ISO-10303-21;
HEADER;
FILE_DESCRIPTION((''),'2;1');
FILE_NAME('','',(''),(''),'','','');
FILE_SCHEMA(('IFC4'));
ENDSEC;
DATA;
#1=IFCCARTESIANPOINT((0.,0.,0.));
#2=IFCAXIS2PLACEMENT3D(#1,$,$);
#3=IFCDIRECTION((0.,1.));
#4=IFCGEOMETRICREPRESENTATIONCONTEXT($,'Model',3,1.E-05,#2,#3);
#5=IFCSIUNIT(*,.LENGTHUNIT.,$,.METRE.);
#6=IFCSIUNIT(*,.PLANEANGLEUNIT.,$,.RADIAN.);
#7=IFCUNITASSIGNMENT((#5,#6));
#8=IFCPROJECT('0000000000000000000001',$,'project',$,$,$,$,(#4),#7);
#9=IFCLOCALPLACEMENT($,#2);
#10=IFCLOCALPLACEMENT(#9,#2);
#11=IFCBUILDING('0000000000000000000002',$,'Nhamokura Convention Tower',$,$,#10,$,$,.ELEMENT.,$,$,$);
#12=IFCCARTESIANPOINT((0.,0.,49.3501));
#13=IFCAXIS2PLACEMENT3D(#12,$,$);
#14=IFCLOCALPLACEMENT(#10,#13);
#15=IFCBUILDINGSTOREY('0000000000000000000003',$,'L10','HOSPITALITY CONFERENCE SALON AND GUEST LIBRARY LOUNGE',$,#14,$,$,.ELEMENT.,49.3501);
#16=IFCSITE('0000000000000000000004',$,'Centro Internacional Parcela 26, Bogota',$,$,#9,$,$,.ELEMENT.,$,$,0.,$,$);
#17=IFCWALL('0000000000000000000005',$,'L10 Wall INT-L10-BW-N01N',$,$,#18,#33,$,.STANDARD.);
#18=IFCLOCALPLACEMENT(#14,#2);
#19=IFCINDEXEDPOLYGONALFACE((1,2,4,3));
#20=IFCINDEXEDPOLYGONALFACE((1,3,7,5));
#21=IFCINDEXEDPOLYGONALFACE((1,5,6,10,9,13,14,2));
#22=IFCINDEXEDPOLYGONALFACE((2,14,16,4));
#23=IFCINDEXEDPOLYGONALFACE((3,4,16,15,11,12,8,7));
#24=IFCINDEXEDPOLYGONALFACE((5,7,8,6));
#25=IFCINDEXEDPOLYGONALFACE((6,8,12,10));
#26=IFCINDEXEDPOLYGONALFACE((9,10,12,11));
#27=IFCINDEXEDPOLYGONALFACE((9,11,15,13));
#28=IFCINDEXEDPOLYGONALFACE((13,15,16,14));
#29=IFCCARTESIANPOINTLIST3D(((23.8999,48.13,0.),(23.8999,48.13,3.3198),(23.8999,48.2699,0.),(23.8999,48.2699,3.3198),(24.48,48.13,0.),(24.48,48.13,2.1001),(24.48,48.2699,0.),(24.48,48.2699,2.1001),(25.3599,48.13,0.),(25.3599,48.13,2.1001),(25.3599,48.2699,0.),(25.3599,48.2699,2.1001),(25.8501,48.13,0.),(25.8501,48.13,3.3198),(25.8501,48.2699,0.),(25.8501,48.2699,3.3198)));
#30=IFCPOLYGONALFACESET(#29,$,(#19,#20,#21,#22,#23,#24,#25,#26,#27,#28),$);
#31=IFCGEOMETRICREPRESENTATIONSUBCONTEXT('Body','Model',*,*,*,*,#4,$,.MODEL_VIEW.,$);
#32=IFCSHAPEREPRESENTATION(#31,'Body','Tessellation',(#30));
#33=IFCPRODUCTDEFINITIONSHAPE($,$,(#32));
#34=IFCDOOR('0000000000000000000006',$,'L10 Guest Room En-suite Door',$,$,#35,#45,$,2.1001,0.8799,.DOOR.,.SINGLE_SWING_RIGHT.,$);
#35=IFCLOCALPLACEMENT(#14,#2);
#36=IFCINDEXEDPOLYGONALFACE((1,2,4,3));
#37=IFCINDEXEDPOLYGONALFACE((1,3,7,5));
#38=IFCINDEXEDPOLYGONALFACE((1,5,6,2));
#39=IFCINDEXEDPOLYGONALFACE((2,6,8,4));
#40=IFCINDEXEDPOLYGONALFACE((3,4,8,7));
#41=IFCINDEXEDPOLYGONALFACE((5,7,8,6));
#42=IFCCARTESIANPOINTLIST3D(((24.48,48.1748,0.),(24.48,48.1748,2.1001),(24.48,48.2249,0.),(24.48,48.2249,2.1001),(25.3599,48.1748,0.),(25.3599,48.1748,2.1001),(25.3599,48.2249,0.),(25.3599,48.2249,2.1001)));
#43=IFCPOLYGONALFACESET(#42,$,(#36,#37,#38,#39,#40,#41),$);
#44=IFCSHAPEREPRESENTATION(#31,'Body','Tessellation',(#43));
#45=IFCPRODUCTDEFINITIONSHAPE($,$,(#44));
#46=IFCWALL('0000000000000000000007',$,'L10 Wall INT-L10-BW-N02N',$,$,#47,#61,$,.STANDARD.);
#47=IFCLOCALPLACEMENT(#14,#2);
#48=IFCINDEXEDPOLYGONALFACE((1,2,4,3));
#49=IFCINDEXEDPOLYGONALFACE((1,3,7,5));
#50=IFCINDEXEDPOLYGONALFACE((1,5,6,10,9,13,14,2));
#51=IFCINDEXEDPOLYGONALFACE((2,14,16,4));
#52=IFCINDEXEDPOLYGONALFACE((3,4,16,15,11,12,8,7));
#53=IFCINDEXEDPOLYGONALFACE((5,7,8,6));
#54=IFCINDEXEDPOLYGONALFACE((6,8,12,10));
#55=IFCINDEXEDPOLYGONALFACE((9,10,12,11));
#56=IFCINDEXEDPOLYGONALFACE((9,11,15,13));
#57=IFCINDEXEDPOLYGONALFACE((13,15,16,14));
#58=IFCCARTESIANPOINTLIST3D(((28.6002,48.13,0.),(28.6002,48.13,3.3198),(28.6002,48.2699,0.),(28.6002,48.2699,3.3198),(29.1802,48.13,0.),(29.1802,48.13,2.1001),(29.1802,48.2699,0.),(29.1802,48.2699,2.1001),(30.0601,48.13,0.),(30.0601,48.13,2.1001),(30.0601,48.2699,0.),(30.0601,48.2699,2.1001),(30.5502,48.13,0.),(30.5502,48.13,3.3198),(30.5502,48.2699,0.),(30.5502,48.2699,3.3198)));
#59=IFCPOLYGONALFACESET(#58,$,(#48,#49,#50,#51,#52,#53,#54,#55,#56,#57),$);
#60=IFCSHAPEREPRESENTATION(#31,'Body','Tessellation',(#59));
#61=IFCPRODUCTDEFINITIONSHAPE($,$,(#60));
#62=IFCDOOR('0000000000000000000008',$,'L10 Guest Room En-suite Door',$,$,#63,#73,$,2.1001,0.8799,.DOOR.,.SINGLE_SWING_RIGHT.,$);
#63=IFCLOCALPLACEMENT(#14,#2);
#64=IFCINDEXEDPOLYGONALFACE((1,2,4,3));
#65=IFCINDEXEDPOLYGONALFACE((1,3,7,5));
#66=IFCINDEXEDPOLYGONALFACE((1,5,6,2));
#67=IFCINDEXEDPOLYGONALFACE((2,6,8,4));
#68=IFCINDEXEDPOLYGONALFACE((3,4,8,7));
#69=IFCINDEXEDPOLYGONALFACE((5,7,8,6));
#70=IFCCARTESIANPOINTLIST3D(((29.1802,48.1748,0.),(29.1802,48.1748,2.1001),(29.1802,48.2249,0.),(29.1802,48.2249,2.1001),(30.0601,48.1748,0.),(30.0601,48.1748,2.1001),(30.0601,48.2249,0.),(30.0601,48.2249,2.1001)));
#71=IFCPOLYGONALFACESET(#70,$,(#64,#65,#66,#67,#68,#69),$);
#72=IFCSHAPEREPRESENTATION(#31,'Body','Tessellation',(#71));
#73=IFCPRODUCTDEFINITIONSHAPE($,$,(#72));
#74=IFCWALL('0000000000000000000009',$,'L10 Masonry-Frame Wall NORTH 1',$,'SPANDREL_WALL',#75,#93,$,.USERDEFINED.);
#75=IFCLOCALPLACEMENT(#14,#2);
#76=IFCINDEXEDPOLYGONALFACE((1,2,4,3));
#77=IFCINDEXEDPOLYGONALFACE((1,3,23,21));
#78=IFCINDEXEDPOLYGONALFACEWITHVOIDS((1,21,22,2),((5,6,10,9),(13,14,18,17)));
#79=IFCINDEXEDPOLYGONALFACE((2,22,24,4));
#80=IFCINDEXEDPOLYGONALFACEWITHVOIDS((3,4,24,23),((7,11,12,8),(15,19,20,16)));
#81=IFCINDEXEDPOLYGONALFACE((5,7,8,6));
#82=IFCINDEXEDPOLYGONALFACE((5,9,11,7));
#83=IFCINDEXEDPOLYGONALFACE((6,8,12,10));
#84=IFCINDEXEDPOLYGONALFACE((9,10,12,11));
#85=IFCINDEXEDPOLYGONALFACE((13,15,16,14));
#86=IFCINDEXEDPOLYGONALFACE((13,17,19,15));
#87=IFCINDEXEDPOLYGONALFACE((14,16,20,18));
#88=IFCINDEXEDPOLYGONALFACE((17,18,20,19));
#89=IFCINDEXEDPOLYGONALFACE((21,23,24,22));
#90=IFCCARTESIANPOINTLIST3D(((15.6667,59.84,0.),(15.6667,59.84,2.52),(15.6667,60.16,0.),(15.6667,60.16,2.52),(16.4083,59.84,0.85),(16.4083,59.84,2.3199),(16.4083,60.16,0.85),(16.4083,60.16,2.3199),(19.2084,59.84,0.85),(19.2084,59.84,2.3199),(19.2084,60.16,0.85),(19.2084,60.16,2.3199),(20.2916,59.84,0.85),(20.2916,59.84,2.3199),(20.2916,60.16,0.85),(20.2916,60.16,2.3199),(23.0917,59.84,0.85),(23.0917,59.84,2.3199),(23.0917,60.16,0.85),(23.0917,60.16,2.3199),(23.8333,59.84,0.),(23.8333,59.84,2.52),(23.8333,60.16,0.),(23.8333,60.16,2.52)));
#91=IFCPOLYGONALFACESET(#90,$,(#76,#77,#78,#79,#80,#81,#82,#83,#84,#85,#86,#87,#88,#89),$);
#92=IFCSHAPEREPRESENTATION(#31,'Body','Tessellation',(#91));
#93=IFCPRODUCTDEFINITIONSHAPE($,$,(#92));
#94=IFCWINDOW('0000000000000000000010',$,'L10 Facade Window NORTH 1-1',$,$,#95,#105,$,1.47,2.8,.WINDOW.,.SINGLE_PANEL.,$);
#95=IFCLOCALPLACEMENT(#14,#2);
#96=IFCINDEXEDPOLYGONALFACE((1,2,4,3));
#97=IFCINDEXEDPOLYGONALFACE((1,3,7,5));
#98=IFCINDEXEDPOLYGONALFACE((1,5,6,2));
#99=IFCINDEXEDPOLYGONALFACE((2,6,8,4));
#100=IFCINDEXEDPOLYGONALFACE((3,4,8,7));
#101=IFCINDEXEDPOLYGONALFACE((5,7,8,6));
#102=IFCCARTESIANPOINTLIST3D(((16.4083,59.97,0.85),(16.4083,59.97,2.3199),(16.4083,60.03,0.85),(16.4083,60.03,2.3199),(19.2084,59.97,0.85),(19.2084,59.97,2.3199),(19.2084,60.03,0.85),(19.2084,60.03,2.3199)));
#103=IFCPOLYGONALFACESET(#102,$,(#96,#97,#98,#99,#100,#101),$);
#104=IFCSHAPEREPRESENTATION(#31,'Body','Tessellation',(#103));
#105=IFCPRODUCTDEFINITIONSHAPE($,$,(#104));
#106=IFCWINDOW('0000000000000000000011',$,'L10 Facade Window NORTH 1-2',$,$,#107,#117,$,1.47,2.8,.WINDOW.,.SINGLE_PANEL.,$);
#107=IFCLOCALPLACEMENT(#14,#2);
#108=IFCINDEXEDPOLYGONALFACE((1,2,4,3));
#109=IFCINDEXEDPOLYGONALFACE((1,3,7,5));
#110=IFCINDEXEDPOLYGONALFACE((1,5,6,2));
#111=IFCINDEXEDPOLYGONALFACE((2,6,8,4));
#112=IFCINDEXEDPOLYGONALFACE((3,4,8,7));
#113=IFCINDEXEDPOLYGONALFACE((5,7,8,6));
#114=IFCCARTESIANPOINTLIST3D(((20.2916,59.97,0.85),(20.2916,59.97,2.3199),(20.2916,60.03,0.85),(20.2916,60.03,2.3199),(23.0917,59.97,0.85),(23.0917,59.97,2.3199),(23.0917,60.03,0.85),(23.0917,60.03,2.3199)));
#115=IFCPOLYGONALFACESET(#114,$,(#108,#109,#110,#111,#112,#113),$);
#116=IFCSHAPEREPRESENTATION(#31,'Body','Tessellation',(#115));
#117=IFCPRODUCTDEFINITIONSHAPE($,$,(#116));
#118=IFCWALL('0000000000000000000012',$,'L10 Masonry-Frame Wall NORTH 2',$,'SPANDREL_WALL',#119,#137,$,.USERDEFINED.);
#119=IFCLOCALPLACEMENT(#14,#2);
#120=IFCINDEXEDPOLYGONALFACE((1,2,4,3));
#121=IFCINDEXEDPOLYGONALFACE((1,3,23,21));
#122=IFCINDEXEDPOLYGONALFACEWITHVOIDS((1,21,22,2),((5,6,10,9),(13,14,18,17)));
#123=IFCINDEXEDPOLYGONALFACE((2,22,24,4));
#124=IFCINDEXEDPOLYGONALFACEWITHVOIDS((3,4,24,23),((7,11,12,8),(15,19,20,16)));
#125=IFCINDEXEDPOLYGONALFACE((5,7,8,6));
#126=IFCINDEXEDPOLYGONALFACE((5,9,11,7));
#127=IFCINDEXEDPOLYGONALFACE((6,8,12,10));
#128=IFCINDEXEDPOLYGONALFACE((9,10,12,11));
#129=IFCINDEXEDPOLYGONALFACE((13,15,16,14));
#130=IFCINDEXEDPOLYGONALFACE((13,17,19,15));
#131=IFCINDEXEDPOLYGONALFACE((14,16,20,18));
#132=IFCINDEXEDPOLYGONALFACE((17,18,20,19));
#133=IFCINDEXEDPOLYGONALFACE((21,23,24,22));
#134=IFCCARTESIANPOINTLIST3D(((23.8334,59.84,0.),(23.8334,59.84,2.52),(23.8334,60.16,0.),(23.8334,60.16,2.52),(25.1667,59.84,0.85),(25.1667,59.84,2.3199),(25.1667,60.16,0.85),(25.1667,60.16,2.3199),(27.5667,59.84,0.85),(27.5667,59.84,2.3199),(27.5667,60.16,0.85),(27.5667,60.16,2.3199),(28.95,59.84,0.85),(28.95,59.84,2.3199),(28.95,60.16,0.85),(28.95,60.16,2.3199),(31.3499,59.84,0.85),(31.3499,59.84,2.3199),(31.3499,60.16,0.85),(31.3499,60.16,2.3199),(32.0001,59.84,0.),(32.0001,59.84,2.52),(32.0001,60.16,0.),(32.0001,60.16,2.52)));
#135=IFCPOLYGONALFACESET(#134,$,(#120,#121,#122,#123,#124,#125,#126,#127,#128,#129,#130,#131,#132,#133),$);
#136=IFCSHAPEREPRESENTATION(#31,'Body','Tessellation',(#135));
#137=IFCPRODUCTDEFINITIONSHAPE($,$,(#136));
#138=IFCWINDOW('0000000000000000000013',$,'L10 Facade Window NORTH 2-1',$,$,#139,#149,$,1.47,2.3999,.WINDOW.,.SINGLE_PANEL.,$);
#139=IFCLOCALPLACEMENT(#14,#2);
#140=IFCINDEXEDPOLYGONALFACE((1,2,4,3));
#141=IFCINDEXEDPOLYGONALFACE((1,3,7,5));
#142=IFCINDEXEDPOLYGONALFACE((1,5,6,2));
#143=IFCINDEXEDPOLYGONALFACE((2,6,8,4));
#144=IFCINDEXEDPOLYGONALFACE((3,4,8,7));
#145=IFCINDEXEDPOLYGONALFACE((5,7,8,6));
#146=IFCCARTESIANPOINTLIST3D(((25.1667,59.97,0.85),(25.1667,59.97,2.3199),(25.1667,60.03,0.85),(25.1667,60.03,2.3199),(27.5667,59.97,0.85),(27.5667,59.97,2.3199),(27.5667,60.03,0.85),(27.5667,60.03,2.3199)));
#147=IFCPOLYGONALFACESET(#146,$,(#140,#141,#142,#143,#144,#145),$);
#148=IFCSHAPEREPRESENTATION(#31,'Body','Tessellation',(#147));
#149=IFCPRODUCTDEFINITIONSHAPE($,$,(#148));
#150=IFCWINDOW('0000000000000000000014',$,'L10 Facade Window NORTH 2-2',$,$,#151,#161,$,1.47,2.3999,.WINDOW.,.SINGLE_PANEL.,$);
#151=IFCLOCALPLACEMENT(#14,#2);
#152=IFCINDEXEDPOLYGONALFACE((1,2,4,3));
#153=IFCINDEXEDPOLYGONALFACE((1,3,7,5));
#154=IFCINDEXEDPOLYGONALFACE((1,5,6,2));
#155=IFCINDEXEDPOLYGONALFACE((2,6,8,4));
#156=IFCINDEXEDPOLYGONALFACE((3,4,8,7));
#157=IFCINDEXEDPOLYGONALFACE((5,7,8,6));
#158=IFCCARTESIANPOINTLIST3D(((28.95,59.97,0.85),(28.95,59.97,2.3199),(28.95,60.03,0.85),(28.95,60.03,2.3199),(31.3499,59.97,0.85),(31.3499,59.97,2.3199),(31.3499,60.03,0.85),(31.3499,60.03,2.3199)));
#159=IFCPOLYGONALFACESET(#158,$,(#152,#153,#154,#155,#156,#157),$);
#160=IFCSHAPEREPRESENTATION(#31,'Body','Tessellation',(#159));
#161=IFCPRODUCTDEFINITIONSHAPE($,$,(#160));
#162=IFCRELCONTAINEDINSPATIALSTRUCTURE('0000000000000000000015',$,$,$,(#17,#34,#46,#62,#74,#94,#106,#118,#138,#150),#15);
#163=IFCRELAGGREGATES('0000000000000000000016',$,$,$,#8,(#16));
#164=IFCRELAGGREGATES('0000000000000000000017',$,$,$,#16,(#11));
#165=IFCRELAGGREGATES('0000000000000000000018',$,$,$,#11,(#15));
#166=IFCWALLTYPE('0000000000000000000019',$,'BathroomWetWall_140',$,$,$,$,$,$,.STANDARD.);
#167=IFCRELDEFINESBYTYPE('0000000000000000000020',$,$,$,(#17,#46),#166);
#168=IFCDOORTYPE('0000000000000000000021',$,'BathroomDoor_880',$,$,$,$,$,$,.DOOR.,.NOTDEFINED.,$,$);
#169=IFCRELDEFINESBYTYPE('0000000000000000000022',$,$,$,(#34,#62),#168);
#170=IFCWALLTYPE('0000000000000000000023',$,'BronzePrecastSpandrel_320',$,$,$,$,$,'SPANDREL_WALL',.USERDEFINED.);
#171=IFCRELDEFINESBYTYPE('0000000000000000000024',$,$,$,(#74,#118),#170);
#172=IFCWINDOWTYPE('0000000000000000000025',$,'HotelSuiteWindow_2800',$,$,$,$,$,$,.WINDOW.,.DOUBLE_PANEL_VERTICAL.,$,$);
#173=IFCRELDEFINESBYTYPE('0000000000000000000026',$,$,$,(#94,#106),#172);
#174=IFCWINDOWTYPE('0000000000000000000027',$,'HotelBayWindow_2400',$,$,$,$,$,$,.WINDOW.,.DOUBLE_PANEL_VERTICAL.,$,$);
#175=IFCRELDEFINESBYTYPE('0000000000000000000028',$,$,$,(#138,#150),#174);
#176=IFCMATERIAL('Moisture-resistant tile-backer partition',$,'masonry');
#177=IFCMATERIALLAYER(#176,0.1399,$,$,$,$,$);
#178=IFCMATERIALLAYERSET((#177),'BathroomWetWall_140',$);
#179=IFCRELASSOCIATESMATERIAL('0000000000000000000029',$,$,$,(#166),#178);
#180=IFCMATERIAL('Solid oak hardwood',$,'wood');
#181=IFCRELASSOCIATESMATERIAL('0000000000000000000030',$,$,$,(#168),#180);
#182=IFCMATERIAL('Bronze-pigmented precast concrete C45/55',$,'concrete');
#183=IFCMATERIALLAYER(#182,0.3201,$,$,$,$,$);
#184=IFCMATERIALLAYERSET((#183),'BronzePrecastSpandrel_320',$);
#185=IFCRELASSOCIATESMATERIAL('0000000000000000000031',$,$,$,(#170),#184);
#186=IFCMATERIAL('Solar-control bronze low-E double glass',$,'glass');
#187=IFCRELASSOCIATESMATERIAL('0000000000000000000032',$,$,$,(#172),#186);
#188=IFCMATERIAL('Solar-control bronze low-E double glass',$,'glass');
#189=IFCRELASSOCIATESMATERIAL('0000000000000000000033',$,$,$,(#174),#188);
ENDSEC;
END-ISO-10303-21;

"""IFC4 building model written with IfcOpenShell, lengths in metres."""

from ifc_helpers import new_model, si_unit, direction, frame, frame_2d, origin, place, context, subcontext, project, spatial, rectangle, extrude, material, layer, layer_set, type_object, element, fill, save


model = new_model("IFC4")

# Units and contexts
model_context = context("Model", 3, precision=1e-05, world=origin(), true_north=direction((0.0, 1.0)))
body_context = subcontext(model_context, "Body", "Model", "MODEL_VIEW")
ifc_project = project(units=[si_unit("LENGTHUNIT", "METRE"), si_unit("PLANEANGLEUNIT", "RADIAN")], contexts=[model_context])

# Site, building, storey
site_placement = place(None, origin())
site = spatial("IfcSite", under=ifc_project, at=site_placement, Name="Centro Internacional Parcela 26, Bogota", CompositionType="ELEMENT", RefElevation=0.0)
building_placement = place(site_placement, origin())
building = spatial("IfcBuilding", under=site, at=building_placement, Name="Nhamokura Convention Tower", CompositionType="ELEMENT")
storey_placement = place(building_placement, frame((0.0, 0.0, 49.3501)))
storey = spatial("IfcBuildingStorey", under=building, at=storey_placement, Name="L10", Description="HOSPITALITY CONFERENCE SALON AND GUEST LIBRARY LOUNGE", CompositionType="ELEMENT", Elevation=49.3501)

# Shared definitions
ifc_material_1 = material(Name="Moisture-resistant tile-backer partition", Category="masonry")
ifc_layer_1 = layer(ifc_material_1, 0.1399)
ifc_layer_set_1 = layer_set([ifc_layer_1], Name="BathroomWetWall_140")
wall_type_1 = type_object("IfcWallType", Name="BathroomWetWall_140", PredefinedType="STANDARD", material=ifc_layer_set_1)

# Walls, openings, doors
wall_1_placement = place(storey_placement, frame((23.8999, 48.2, 0.0), z_axis=(0.0, 0.0, 1.0), x_axis=(1.0, 0.0, 0.0)))
wall_1 = element("IfcWall", 1, at=wall_1_placement, inside=storey, type_object=wall_type_1, Name="L10 Wall INT-L10-BW-N01N", PredefinedType="STANDARD", context=body_context, shape_type="SweptSolid", body=[
    extrude(rectangle(XDim=1.9502, YDim=0.1399, at=frame_2d((0.9751, 0.0))), origin(), (0.0, 0.0, 1.0), 3.3198),
])
opening_1_placement = place(wall_1_placement, frame((0.5801, 0.0, 0.0)))
opening_1 = element("IfcOpeningElement", 2, at=opening_1_placement, cuts=wall_1, PredefinedType="OPENING", context=body_context, shape_type="SweptSolid", body=[
    extrude(rectangle(XDim=0.8799, YDim=2.1001, at=frame_2d((0.4399, 1.05))), frame((0.0, 0.0798, 0.0), z_axis=(0.0, -1.0, 0.0), x_axis=(1.0, 0.0, 0.0)), (0.0, 0.0, 1.0), 0.1599),
])
ifc_material_2 = material(Name="Solid oak hardwood", Category="wood")
door_type_1 = type_object("IfcDoorType", Name="BathroomDoor_880", OperationType="NOTDEFINED", PredefinedType="DOOR", material=ifc_material_2)
door_1_placement = place(opening_1_placement, origin())
door_1 = element("IfcDoor", 3, at=door_1_placement, inside=storey, type_object=door_type_1, Name="L10 Guest Room En-suite Door", OperationType="SINGLE_SWING_RIGHT", OverallHeight=2.1001, OverallWidth=0.8799, PredefinedType="DOOR", context=body_context, shape_type="SweptSolid", body=[
    extrude(rectangle(XDim=0.8799, YDim=2.1001, at=frame_2d((0.4399, 1.05))), frame((0.0, 0.0249, 0.0), z_axis=(0.0, -1.0, 0.0), x_axis=(1.0, 0.0, 0.0)), (0.0, 0.0, 1.0), 0.05),
])
fill(opening_1, door_1)
wall_2_placement = place(storey_placement, frame((28.6001, 48.2, 0.0), z_axis=(0.0, 0.0, 1.0), x_axis=(1.0, 0.0, 0.0)))
wall_2 = element("IfcWall", 4, at=wall_2_placement, inside=storey, type_object=wall_type_1, Name="L10 Wall INT-L10-BW-N02N", PredefinedType="STANDARD", context=body_context, shape_type="SweptSolid", body=[
    extrude(rectangle(XDim=1.95, YDim=0.1399, at=frame_2d((0.9751, 0.0))), origin(), (0.0, 0.0, 1.0), 3.3198),
])
opening_2_placement = place(wall_2_placement, frame((0.5801, 0.0, 0.0)))
opening_2 = element("IfcOpeningElement", 5, at=opening_2_placement, cuts=wall_2, PredefinedType="OPENING", context=body_context, shape_type="SweptSolid", body=[
    extrude(rectangle(XDim=0.8799, YDim=2.1001, at=frame_2d((0.4399, 1.05))), frame((0.0, 0.0798, 0.0), z_axis=(0.0, -1.0, 0.0), x_axis=(1.0, 0.0, 0.0)), (0.0, 0.0, 1.0), 0.1599),
])
door_2_placement = place(opening_2_placement, origin())
door_2 = element("IfcDoor", 6, at=door_2_placement, inside=storey, type_object=door_type_1, Name="L10 Guest Room En-suite Door", OperationType="SINGLE_SWING_RIGHT", OverallHeight=2.1001, OverallWidth=0.8799, PredefinedType="DOOR", context=body_context, shape_type="SweptSolid", body=[
    extrude(rectangle(XDim=0.8799, YDim=2.1001, at=frame_2d((0.4399, 1.05))), frame((0.0, 0.0249, 0.0), z_axis=(0.0, -1.0, 0.0), x_axis=(1.0, 0.0, 0.0)), (0.0, 0.0, 1.0), 0.05),
])
fill(opening_2, door_2)

# Walls, openings, windows
ifc_material_3 = material(Name="Bronze-pigmented precast concrete C45/55", Category="concrete")
ifc_layer_2 = layer(ifc_material_3, 0.3201)
ifc_layer_set_2 = layer_set([ifc_layer_2], Name="BronzePrecastSpandrel_320")
wall_type_2 = type_object("IfcWallType", Name="BronzePrecastSpandrel_320", ElementType="SPANDREL_WALL", PredefinedType="USERDEFINED", material=ifc_layer_set_2)
wall_3_placement = place(storey_placement, frame((15.6667, 60.0, 0.0), z_axis=(0.0, 0.0, 1.0), x_axis=(1.0, 0.0, 0.0)))
wall_3 = element("IfcWall", 7, at=wall_3_placement, inside=storey, type_object=wall_type_2, Name="L10 Masonry-Frame Wall NORTH 1", ObjectType="SPANDREL_WALL", PredefinedType="USERDEFINED", context=body_context, shape_type="SweptSolid", body=[
    extrude(rectangle(XDim=8.1665, YDim=0.3201, at=frame_2d((4.0833, 0.0))), origin(), (0.0, 0.0, 1.0), 2.52),
])
opening_3_placement = place(wall_3_placement, frame((0.7417, 0.0, 0.8501)))
opening_3 = element("IfcOpeningElement", 8, at=opening_3_placement, cuts=wall_3, PredefinedType="OPENING", context=body_context, shape_type="SweptSolid", body=[
    extrude(rectangle(XDim=2.8, YDim=1.47, at=frame_2d((1.3999, 0.7349))), frame((0.0, 0.1699, 0.0), z_axis=(0.0, -1.0, 0.0), x_axis=(1.0, 0.0, 0.0)), (0.0, 0.0, 1.0), 0.3401),
])
opening_4_placement = place(wall_3_placement, frame((4.625, 0.0, 0.8501)))
opening_4 = element("IfcOpeningElement", 9, at=opening_4_placement, cuts=wall_3, PredefinedType="OPENING", context=body_context, shape_type="SweptSolid", body=[
    extrude(rectangle(XDim=2.8, YDim=1.47, at=frame_2d((1.3999, 0.7349))), frame((0.0, 0.1699, 0.0), z_axis=(0.0, -1.0, 0.0), x_axis=(1.0, 0.0, 0.0)), (0.0, 0.0, 1.0), 0.3401),
])
ifc_material_4 = material(Name="Solar-control bronze low-E double glass", Category="glass")
window_type_1 = type_object("IfcWindowType", Name="HotelSuiteWindow_2800", PartitioningType="DOUBLE_PANEL_VERTICAL", PredefinedType="WINDOW", material=ifc_material_4)
window_1_placement = place(opening_3_placement, origin())
window_1 = element("IfcWindow", 10, at=window_1_placement, inside=storey, type_object=window_type_1, Name="L10 Facade Window NORTH 1-1", OverallHeight=1.47, OverallWidth=2.8, PartitioningType="SINGLE_PANEL", PredefinedType="WINDOW", context=body_context, shape_type="SweptSolid", body=[
    extrude(rectangle(XDim=2.8, YDim=1.47, at=frame_2d((1.3999, 0.7349))), frame((0.0, 0.03, 0.0), z_axis=(0.0, -1.0, 0.0), x_axis=(1.0, 0.0, 0.0)), (0.0, 0.0, 1.0), 0.0601),
])
fill(opening_3, window_1)
window_2_placement = place(opening_4_placement, origin())
window_2 = element("IfcWindow", 11, at=window_2_placement, inside=storey, type_object=window_type_1, Name="L10 Facade Window NORTH 1-2", OverallHeight=1.47, OverallWidth=2.8, PartitioningType="SINGLE_PANEL", PredefinedType="WINDOW", context=body_context, shape_type="SweptSolid", body=[
    extrude(rectangle(XDim=2.8, YDim=1.47, at=frame_2d((1.3999, 0.7349))), frame((0.0, 0.03, 0.0), z_axis=(0.0, -1.0, 0.0), x_axis=(1.0, 0.0, 0.0)), (0.0, 0.0, 1.0), 0.0601),
])
fill(opening_4, window_2)
wall_4_placement = place(storey_placement, frame((23.8333, 60.0, 0.0), z_axis=(0.0, 0.0, 1.0), x_axis=(1.0, 0.0, 0.0)))
wall_4 = element("IfcWall", 12, at=wall_4_placement, inside=storey, type_object=wall_type_2, Name="L10 Masonry-Frame Wall NORTH 2", ObjectType="SPANDREL_WALL", PredefinedType="USERDEFINED", context=body_context, shape_type="SweptSolid", body=[
    extrude(rectangle(XDim=8.1667, YDim=0.3201, at=frame_2d((4.0835, 0.0))), origin(), (0.0, 0.0, 1.0), 2.52),
])
opening_5_placement = place(wall_4_placement, frame((1.3335, 0.0, 0.8501)))
opening_5 = element("IfcOpeningElement", 13, at=opening_5_placement, cuts=wall_4, PredefinedType="OPENING", context=body_context, shape_type="SweptSolid", body=[
    extrude(rectangle(XDim=2.3999, YDim=1.47, at=frame_2d((1.2, 0.7349))), frame((0.0, 0.1699, 0.0), z_axis=(0.0, -1.0, 0.0), x_axis=(1.0, 0.0, 0.0)), (0.0, 0.0, 1.0), 0.3401),
])
opening_6_placement = place(wall_4_placement, frame((5.1167, 0.0, 0.8501)))
opening_6 = element("IfcOpeningElement", 14, at=opening_6_placement, cuts=wall_4, PredefinedType="OPENING", context=body_context, shape_type="SweptSolid", body=[
    extrude(rectangle(XDim=2.3999, YDim=1.47, at=frame_2d((1.2, 0.7349))), frame((0.0, 0.1699, 0.0), z_axis=(0.0, -1.0, 0.0), x_axis=(1.0, 0.0, 0.0)), (0.0, 0.0, 1.0), 0.3401),
])
ifc_material_5 = material(Name="Solar-control bronze low-E double glass", Category="glass")
window_type_2 = type_object("IfcWindowType", Name="HotelBayWindow_2400", PartitioningType="DOUBLE_PANEL_VERTICAL", PredefinedType="WINDOW", material=ifc_material_5)
window_3_placement = place(opening_5_placement, origin())
window_3 = element("IfcWindow", 15, at=window_3_placement, inside=storey, type_object=window_type_2, Name="L10 Facade Window NORTH 2-1", OverallHeight=1.47, OverallWidth=2.3999, PartitioningType="SINGLE_PANEL", PredefinedType="WINDOW", context=body_context, shape_type="SweptSolid", body=[
    extrude(rectangle(XDim=2.3999, YDim=1.47, at=frame_2d((1.2, 0.7349))), frame((0.0, 0.03, 0.0), z_axis=(0.0, -1.0, 0.0), x_axis=(1.0, 0.0, 0.0)), (0.0, 0.0, 1.0), 0.0601),
])
fill(opening_5, window_3)
window_4_placement = place(opening_6_placement, origin())
window_4 = element("IfcWindow", 16, at=window_4_placement, inside=storey, type_object=window_type_2, Name="L10 Facade Window NORTH 2-2", OverallHeight=1.47, OverallWidth=2.3999, PartitioningType="SINGLE_PANEL", PredefinedType="WINDOW", context=body_context, shape_type="SweptSolid", body=[
    extrude(rectangle(XDim=2.3999, YDim=1.47, at=frame_2d((1.2, 0.7349))), frame((0.0, 0.03, 0.0), z_axis=(0.0, -1.0, 0.0), x_axis=(1.0, 0.0, 0.0)), (0.0, 0.0, 1.0), 0.0601),
])
fill(opening_6, window_4)

save(model, "model.ifc")
